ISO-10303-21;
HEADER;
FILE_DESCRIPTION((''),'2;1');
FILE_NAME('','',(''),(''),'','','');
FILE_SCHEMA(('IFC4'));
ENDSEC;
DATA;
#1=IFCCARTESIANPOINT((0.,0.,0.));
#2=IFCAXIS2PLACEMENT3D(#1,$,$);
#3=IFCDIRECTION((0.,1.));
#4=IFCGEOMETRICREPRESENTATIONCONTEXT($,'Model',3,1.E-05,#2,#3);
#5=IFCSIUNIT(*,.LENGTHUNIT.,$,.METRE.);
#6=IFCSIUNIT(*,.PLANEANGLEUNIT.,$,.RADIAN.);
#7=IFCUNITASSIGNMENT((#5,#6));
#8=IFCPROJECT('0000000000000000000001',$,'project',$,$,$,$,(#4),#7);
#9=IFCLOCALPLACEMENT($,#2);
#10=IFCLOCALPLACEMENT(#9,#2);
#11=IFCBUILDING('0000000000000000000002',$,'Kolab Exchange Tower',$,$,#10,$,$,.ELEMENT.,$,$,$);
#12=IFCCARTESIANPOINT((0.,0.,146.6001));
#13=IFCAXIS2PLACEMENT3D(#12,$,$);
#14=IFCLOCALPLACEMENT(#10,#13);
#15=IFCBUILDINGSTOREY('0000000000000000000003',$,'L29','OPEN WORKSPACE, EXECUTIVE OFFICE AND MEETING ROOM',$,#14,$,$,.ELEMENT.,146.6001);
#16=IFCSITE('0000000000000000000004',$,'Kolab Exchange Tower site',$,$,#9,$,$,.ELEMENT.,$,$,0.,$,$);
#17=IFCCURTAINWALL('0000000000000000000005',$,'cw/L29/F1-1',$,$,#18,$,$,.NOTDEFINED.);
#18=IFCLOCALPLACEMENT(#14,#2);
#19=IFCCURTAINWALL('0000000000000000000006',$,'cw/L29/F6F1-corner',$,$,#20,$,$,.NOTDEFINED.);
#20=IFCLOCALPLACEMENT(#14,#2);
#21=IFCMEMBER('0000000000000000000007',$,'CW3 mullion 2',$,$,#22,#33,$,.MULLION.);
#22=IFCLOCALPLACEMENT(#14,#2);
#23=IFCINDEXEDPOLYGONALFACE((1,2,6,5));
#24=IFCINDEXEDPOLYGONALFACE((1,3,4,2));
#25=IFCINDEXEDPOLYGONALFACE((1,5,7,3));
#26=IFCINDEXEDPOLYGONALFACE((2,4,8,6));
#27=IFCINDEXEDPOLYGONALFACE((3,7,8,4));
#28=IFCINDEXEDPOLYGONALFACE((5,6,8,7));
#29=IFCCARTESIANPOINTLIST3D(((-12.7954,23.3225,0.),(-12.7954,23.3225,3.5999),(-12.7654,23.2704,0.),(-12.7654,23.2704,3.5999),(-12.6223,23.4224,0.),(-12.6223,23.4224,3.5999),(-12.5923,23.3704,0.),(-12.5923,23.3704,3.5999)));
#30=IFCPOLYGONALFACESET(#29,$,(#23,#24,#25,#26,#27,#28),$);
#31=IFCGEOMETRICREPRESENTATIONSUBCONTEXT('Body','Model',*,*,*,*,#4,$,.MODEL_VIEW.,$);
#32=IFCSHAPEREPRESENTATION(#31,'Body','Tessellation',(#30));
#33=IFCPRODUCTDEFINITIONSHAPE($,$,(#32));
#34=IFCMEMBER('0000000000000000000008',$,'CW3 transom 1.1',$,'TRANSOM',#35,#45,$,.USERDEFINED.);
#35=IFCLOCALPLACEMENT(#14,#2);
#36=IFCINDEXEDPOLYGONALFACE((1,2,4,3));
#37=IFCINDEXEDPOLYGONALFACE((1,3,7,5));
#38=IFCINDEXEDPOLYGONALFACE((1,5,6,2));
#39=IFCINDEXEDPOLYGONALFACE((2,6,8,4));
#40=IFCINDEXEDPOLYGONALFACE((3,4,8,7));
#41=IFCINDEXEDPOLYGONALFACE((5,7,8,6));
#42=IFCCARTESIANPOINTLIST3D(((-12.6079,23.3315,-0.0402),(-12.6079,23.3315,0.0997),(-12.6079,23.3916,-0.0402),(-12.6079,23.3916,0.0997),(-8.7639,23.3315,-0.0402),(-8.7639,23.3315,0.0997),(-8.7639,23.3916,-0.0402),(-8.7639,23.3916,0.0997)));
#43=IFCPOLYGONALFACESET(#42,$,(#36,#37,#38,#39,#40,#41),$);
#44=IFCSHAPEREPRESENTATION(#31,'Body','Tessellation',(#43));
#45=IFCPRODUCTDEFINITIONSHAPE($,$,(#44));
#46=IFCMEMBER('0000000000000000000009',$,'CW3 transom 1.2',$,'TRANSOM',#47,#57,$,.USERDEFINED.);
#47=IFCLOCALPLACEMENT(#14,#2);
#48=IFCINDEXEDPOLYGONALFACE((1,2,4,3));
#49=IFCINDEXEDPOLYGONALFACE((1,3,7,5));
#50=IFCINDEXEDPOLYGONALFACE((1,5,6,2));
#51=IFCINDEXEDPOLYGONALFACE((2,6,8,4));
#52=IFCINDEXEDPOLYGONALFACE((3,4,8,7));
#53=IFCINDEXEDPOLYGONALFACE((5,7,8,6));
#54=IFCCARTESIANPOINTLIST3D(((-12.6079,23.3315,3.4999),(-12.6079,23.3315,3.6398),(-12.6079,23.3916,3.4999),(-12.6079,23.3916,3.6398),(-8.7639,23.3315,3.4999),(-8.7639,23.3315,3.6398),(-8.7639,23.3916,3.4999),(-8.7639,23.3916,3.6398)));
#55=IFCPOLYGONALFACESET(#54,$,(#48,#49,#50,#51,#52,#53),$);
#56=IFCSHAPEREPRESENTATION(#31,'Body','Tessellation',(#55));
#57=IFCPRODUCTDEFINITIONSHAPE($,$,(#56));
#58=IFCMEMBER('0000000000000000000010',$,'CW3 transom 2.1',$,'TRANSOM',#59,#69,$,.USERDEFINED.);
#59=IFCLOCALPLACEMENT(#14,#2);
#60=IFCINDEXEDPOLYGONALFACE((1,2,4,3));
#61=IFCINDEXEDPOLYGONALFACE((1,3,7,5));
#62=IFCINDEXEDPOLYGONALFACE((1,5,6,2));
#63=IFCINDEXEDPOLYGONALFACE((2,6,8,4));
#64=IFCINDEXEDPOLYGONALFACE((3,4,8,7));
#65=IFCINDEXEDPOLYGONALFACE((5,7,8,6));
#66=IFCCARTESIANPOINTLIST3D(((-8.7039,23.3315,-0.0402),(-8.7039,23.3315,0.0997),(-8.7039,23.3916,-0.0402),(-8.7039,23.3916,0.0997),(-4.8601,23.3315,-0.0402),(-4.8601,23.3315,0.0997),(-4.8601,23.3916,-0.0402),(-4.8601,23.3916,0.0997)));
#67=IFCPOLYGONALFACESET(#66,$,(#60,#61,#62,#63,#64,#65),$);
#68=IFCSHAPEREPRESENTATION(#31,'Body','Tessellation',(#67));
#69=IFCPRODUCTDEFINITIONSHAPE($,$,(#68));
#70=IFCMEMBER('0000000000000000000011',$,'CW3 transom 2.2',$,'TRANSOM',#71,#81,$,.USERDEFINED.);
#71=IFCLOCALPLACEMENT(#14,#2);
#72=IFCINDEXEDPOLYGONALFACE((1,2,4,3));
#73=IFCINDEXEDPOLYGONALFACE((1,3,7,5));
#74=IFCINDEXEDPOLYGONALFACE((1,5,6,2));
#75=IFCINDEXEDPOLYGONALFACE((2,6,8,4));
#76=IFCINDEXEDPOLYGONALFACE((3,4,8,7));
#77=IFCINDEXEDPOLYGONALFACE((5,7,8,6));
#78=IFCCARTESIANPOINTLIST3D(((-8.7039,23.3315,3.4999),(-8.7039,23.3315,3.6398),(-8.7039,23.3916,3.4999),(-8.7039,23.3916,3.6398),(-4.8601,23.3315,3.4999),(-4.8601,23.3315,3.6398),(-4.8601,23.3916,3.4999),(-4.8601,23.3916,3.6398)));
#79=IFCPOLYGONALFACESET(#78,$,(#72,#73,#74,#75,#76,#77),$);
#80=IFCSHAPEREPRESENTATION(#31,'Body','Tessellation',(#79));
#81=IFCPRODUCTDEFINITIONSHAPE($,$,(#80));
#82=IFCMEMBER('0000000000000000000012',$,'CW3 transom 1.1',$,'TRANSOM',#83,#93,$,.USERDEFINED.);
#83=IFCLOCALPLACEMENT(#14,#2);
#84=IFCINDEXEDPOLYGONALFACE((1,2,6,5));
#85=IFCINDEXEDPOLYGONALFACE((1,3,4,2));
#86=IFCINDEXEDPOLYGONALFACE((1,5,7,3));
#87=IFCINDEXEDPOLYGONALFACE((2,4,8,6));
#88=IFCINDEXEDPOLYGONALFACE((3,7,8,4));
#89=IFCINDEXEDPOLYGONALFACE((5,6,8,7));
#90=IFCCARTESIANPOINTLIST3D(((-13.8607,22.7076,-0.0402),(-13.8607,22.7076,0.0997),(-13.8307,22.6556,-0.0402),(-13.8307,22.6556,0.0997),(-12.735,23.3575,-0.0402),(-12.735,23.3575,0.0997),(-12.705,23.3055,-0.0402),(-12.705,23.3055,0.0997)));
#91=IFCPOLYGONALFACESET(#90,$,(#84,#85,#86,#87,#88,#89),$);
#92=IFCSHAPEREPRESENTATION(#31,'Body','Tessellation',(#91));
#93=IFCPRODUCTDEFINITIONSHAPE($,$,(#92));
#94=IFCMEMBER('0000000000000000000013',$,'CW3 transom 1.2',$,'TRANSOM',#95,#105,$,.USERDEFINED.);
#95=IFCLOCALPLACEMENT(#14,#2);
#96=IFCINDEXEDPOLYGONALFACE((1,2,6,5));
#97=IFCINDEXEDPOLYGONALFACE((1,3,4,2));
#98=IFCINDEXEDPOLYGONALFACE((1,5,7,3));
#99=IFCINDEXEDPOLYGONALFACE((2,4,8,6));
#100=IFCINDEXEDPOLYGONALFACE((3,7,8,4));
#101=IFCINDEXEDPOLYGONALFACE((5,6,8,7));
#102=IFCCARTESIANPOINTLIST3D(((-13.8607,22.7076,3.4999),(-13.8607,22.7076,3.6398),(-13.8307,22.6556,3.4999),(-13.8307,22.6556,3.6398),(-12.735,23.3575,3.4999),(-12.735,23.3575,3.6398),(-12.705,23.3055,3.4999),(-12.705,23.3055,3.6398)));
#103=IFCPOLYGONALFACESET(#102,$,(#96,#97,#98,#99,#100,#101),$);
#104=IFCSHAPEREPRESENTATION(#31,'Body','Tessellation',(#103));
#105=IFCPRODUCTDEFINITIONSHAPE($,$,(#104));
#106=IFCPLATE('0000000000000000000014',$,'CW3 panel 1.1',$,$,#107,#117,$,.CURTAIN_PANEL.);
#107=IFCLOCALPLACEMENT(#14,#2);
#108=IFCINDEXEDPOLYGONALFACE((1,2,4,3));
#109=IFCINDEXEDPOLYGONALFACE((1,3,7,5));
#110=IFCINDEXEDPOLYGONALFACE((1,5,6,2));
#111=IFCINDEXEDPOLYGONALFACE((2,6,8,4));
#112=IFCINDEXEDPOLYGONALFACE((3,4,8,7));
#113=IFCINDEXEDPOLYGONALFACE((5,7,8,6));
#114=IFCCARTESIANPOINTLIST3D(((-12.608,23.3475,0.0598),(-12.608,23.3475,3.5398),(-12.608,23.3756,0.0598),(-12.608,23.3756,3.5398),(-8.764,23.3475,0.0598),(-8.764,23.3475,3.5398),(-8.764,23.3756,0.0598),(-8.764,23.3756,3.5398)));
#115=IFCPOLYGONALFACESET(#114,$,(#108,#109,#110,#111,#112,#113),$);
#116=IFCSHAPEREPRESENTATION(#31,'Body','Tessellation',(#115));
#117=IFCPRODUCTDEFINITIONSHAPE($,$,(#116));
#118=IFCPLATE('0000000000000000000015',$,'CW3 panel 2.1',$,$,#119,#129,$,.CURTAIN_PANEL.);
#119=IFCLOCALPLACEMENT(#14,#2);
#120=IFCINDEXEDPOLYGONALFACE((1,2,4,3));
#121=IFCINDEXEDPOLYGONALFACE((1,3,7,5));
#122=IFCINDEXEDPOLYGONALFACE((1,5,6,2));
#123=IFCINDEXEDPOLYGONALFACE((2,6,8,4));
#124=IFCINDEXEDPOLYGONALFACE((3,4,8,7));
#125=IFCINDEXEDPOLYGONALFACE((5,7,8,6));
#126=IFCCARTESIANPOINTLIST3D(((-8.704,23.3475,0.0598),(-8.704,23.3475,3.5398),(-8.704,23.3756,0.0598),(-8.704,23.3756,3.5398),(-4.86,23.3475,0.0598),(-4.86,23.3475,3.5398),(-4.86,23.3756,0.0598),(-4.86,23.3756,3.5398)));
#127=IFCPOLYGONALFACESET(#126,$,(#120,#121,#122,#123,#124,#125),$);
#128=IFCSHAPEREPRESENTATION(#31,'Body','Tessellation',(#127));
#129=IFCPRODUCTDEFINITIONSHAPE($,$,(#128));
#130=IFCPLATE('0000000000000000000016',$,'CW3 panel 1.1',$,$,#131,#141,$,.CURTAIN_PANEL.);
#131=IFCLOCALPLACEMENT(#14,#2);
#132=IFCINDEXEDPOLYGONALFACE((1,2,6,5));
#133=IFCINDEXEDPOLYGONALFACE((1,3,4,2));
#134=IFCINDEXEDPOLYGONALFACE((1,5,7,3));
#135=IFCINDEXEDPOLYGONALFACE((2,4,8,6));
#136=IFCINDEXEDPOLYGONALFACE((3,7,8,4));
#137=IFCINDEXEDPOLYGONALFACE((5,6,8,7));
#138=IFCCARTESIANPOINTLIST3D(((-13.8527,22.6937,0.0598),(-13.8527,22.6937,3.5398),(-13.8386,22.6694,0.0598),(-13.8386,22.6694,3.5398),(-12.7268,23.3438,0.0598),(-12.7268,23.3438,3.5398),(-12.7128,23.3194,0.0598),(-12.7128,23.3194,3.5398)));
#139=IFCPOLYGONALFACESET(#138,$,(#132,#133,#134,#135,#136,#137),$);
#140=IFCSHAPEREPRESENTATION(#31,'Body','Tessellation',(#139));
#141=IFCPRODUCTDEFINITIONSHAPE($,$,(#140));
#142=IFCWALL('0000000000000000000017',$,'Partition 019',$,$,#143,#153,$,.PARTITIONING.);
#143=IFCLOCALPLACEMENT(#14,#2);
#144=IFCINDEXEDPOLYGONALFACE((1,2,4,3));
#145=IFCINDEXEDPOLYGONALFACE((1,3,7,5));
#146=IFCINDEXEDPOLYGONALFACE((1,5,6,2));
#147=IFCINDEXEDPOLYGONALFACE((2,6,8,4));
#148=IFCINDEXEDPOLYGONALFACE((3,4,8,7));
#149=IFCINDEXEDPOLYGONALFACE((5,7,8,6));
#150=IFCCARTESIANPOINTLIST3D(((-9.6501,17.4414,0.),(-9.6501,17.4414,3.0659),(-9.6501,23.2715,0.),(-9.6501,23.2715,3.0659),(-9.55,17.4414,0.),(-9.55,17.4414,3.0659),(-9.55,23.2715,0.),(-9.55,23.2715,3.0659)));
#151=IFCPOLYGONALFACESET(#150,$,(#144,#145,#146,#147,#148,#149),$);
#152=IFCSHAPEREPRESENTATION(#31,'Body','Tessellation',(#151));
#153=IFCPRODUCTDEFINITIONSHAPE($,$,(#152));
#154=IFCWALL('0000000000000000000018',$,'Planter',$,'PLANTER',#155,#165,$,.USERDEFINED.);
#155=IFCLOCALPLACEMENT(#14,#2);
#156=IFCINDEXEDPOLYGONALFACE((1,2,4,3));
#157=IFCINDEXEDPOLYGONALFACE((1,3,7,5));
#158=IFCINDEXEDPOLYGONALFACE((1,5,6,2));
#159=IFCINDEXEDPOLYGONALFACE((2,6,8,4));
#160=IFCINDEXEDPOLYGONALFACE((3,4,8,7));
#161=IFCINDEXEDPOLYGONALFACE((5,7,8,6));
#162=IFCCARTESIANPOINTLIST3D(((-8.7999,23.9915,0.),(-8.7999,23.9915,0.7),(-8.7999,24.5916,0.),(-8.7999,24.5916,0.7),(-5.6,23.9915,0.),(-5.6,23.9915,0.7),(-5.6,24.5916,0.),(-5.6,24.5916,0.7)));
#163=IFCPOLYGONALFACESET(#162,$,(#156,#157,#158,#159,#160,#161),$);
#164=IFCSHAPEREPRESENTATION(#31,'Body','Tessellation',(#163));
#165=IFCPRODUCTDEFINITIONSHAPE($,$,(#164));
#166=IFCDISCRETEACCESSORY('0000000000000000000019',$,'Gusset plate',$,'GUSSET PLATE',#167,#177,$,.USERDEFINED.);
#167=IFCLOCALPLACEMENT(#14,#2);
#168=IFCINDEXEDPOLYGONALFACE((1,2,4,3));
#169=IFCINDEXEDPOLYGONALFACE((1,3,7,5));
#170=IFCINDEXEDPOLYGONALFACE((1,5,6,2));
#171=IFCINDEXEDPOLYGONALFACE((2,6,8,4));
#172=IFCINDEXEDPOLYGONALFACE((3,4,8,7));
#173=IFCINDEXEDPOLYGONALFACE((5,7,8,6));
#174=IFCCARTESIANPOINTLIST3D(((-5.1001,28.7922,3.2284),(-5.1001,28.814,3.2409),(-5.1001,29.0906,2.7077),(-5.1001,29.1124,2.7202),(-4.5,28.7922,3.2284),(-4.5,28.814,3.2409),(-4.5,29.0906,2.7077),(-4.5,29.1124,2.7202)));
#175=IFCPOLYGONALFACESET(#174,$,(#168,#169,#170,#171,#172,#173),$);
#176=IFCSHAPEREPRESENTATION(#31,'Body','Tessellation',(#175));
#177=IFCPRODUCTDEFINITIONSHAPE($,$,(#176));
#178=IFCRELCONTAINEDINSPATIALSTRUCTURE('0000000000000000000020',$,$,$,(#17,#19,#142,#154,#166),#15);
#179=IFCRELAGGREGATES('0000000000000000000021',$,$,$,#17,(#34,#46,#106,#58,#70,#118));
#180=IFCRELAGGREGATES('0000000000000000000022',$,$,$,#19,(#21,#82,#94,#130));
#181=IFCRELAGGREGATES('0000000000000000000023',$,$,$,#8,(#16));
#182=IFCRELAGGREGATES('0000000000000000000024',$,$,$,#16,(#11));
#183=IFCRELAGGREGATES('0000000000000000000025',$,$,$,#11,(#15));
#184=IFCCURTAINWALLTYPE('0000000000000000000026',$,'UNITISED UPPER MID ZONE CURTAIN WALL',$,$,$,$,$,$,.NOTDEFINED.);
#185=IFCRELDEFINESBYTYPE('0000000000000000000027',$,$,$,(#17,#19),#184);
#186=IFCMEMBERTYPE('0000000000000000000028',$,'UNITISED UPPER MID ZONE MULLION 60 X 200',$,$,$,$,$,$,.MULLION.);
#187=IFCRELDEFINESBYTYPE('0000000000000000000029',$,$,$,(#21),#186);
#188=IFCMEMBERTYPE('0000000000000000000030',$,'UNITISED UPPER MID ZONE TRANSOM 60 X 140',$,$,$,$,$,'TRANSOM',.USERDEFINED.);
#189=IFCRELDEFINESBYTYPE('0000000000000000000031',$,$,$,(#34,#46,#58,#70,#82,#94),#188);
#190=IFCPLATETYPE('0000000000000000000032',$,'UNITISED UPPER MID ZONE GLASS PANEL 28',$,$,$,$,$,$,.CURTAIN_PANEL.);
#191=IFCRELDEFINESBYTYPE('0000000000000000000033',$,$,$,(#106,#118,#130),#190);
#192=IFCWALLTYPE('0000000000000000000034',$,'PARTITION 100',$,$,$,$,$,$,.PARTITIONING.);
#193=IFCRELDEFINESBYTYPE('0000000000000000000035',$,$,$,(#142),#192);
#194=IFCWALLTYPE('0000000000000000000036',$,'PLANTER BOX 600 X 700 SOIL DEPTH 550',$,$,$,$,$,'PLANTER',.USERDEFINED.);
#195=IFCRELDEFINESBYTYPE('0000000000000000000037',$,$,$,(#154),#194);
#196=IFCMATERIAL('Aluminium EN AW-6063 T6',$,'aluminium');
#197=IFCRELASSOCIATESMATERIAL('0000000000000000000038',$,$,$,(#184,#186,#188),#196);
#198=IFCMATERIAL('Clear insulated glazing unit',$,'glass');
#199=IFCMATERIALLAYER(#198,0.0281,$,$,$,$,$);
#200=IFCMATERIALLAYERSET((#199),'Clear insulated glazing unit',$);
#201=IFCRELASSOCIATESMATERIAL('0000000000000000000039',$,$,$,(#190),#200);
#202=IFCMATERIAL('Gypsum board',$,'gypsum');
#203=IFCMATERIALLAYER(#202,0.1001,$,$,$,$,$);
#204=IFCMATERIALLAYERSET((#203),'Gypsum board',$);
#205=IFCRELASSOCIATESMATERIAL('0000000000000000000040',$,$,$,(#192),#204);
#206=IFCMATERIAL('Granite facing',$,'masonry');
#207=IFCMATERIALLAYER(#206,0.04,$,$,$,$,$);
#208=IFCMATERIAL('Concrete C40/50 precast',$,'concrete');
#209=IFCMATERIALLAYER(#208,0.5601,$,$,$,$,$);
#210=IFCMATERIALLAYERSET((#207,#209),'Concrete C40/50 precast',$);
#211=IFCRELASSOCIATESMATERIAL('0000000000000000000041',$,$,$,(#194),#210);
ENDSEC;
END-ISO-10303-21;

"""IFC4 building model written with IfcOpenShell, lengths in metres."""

from ifc_helpers import new_model, si_unit, direction, frame, frame_2d, origin, origin_2d, place, context, subcontext, project, spatial, rectangle, extrude, material, layer, layer_set, material_profile, profile_set, type_object, element, aggregate, save


model = new_model("IFC4")

# Units and contexts
model_context = context("Model", 3, precision=1e-05, world=origin(), true_north=direction((0.0, 1.0)))
body_context = subcontext(model_context, "Body", "Model", "MODEL_VIEW")
ifc_project = project(units=[si_unit("LENGTHUNIT", "METRE"), si_unit("PLANEANGLEUNIT", "RADIAN")], contexts=[model_context])

# Site, building, storey
site_placement = place(None, origin())
site = spatial("IfcSite", under=ifc_project, at=site_placement, Name="Kolab Exchange Tower site", CompositionType="ELEMENT", RefElevation=0.0)
building_placement = place(site_placement, origin())
building = spatial("IfcBuilding", under=site, at=building_placement, Name="Kolab Exchange Tower", CompositionType="ELEMENT")
storey_placement = place(building_placement, frame((0.0, 0.0, 146.6001)))
storey = spatial("IfcBuildingStorey", under=building, at=storey_placement, Name="L29", Description="OPEN WORKSPACE, EXECUTIVE OFFICE AND MEETING ROOM", CompositionType="ELEMENT", Elevation=146.6001)

# Curtain wall
ifc_material_1 = material(Name="Aluminium EN AW-6063 T6", Category="aluminium")
curtain_wall_type = type_object("IfcCurtainWallType", Name="UNITISED UPPER MID ZONE CURTAIN WALL", PredefinedType="NOTDEFINED", material=ifc_material_1)
curtain_wall_1_placement = place(storey_placement, origin())
curtain_wall_1 = element("IfcCurtainWall", 1, at=curtain_wall_1_placement, inside=storey, type_object=curtain_wall_type, Name="cw/L29/F1-1", PredefinedType="NOTDEFINED")
ifc_material_profile_1 = material_profile(ifc_material_1, rectangle(XDim=0.0601, YDim=0.2, at=origin_2d()), Name="RECT 60X200")
ifc_profile_set_1 = profile_set([ifc_material_profile_1], Name="Aluminium EN AW-6063 T6")
member_type_1 = type_object("IfcMemberType", Name="UNITISED UPPER MID ZONE MULLION 60 X 200", PredefinedType="MULLION", material=ifc_profile_set_1)

# Curtain wall, member
curtain_wall_2_placement = place(storey_placement, origin())
curtain_wall_2 = element("IfcCurtainWall", 2, at=curtain_wall_2_placement, inside=storey, type_object=curtain_wall_type, Name="cw/L29/F6F1-corner", PredefinedType="NOTDEFINED")
member_1_placement = place(storey_placement, frame((-12.6938, 23.3464, 0.0), z_axis=(0.0, 0.0, 1.0), x_axis=(-0.5, 0.866025, 0.0)))
member_1 = element("IfcMember", 3, at=member_1_placement, type_object=member_type_1, Name="CW3 mullion 2", PredefinedType="MULLION", context=body_context, shape_type="SweptSolid", body=[
    extrude(rectangle(XDim=0.0601, YDim=0.2, at=origin_2d()), origin(), (0.0, 0.0, 1.0), 3.5999),
])

# Members
ifc_material_profile_2 = material_profile(ifc_material_1, rectangle(XDim=0.0601, YDim=0.1399, at=origin_2d()), Name="RECT 60X140")
ifc_profile_set_2 = profile_set([ifc_material_profile_2], Name="Aluminium EN AW-6063 T6")
member_type_2 = type_object("IfcMemberType", Name="UNITISED UPPER MID ZONE TRANSOM 60 X 140", ElementType="TRANSOM", PredefinedType="USERDEFINED", material=ifc_profile_set_2)
member_2_placement = place(storey_placement, frame((-12.6079, 23.3616, 0.0298), z_axis=(1.0, 0.0, 0.0), x_axis=(0.0, 1.0, 0.0)))
member_2 = element("IfcMember", 4, at=member_2_placement, type_object=member_type_2, Name="CW3 transom 1.1", ObjectType="TRANSOM", PredefinedType="USERDEFINED", context=body_context, shape_type="SweptSolid", body=[
    extrude(rectangle(XDim=0.0601, YDim=0.1399, at=origin_2d()), origin(), (0.0, 0.0, 1.0), 3.844),
])
member_3_placement = place(storey_placement, frame((-12.6079, 23.3616, 3.5698), z_axis=(1.0, 0.0, 0.0), x_axis=(0.0, 1.0, 0.0)))
member_3 = element("IfcMember", 5, at=member_3_placement, type_object=member_type_2, Name="CW3 transom 1.2", ObjectType="TRANSOM", PredefinedType="USERDEFINED", context=body_context, shape_type="SweptSolid", body=[
    extrude(rectangle(XDim=0.0601, YDim=0.1399, at=origin_2d()), origin(), (0.0, 0.0, 1.0), 3.844),
])
member_4_placement = place(storey_placement, frame((-8.7039, 23.3616, 0.0298), z_axis=(1.0, 0.0, 0.0), x_axis=(0.0, 1.0, 0.0)))
member_4 = element("IfcMember", 6, at=member_4_placement, type_object=member_type_2, Name="CW3 transom 2.1", ObjectType="TRANSOM", PredefinedType="USERDEFINED", context=body_context, shape_type="SweptSolid", body=[
    extrude(rectangle(XDim=0.0601, YDim=0.1399, at=origin_2d()), origin(), (0.0, 0.0, 1.0), 3.8438),
])
member_5_placement = place(storey_placement, frame((-8.7039, 23.3616, 3.5698), z_axis=(1.0, 0.0, 0.0), x_axis=(0.0, 1.0, 0.0)))
member_5 = element("IfcMember", 7, at=member_5_placement, type_object=member_type_2, Name="CW3 transom 2.2", ObjectType="TRANSOM", PredefinedType="USERDEFINED", context=body_context, shape_type="SweptSolid", body=[
    extrude(rectangle(XDim=0.0601, YDim=0.1399, at=origin_2d()), origin(), (0.0, 0.0, 1.0), 3.8438),
])
member_6_placement = place(storey_placement, frame((-13.8457, 22.6816, 0.0298), z_axis=(0.866039, 0.499977, 0.0), x_axis=(-0.499977, 0.866039, 0.0)))
member_6 = element("IfcMember", 8, at=member_6_placement, type_object=member_type_2, Name="CW3 transom 1.1", ObjectType="TRANSOM", PredefinedType="USERDEFINED", context=body_context, shape_type="SweptSolid", body=[
    extrude(rectangle(XDim=0.0601, YDim=0.1399, at=origin_2d()), origin(), (0.0, 0.0, 1.0), 1.2998),
])
member_7_placement = place(storey_placement, frame((-13.8457, 22.6816, 3.5698), z_axis=(0.866039, 0.499977, 0.0), x_axis=(-0.499977, 0.866039, 0.0)))
member_7 = element("IfcMember", 9, at=member_7_placement, type_object=member_type_2, Name="CW3 transom 1.2", ObjectType="TRANSOM", PredefinedType="USERDEFINED", context=body_context, shape_type="SweptSolid", body=[
    extrude(rectangle(XDim=0.0601, YDim=0.1399, at=origin_2d()), origin(), (0.0, 0.0, 1.0), 1.2998),
])

# Plates
ifc_material_2 = material(Name="Clear insulated glazing unit", Category="glass")
ifc_layer_1 = layer(ifc_material_2, 0.0281)
ifc_layer_set_1 = layer_set([ifc_layer_1], Name="Clear insulated glazing unit")
plate_type = type_object("IfcPlateType", Name="UNITISED UPPER MID ZONE GLASS PANEL 28", PredefinedType="CURTAIN_PANEL", material=ifc_layer_set_1)
plate_1_placement = place(storey_placement, frame((-10.686, 23.3616, 0.0598), z_axis=(0.0, 0.0, 1.0), x_axis=(1.0, 0.0, 0.0)))
plate_1 = element("IfcPlate", 10, at=plate_1_placement, type_object=plate_type, Name="CW3 panel 1.1", PredefinedType="CURTAIN_PANEL", context=body_context, shape_type="SweptSolid", body=[
    extrude(rectangle(XDim=3.844, YDim=0.0281, at=origin_2d()), origin(), (0.0, 0.0, 1.0), 3.48),
])
plate_2_placement = place(storey_placement, frame((-6.782, 23.3616, 0.0598), z_axis=(0.0, 0.0, 1.0), x_axis=(1.0, 0.0, 0.0)))
plate_2 = element("IfcPlate", 11, at=plate_2_placement, type_object=plate_type, Name="CW3 panel 2.1", PredefinedType="CURTAIN_PANEL", context=body_context, shape_type="SweptSolid", body=[
    extrude(rectangle(XDim=3.844, YDim=0.0281, at=origin_2d()), origin(), (0.0, 0.0, 1.0), 3.48),
])
aggregate(curtain_wall_1, [member_2, member_3, plate_1, member_4, member_5, plate_2])
plate_3_placement = place(storey_placement, frame((-13.2827, 23.0066, 0.0598), z_axis=(0.0, 0.0, 1.0), x_axis=(0.866025, 0.5, 0.0)))
plate_3 = element("IfcPlate", 12, at=plate_3_placement, type_object=plate_type, Name="CW3 panel 1.1", PredefinedType="CURTAIN_PANEL", context=body_context, shape_type="SweptSolid", body=[
    extrude(rectangle(XDim=1.3, YDim=0.0281, at=origin_2d()), origin(), (0.0, 0.0, 1.0), 3.48),
])
aggregate(curtain_wall_2, [member_1, member_6, member_7, plate_3])

# Walls
ifc_material_3 = material(Name="Gypsum board", Category="gypsum")
ifc_layer_2 = layer(ifc_material_3, 0.1001)
ifc_layer_set_2 = layer_set([ifc_layer_2], Name="Gypsum board")
wall_type_1 = type_object("IfcWallType", Name="PARTITION 100", PredefinedType="PARTITIONING", material=ifc_layer_set_2)
wall_1_placement = place(storey_placement, frame((-9.6001, 17.4414, 0.0), z_axis=(0.0, 0.0, 1.0), x_axis=(0.0, 1.0, 0.0)))
element("IfcWall", 13, at=wall_1_placement, inside=storey, type_object=wall_type_1, Name="Partition 019", PredefinedType="PARTITIONING", context=body_context, shape_type="SweptSolid", body=[
    extrude(rectangle(XDim=5.8301, YDim=0.1001, at=frame_2d((2.915, 0.0))), origin(), (0.0, 0.0, 1.0), 3.0659),
])
ifc_material_4 = material(Name="Granite facing", Category="masonry")
ifc_layer_3 = layer(ifc_material_4, 0.04)
ifc_material_5 = material(Name="Concrete C40/50 precast", Category="concrete")
ifc_layer_4 = layer(ifc_material_5, 0.5601)
ifc_layer_set_3 = layer_set([ifc_layer_3, ifc_layer_4], Name="Concrete C40/50 precast")
wall_type_2 = type_object("IfcWallType", Name="PLANTER BOX 600 X 700 SOIL DEPTH 550", ElementType="PLANTER", PredefinedType="USERDEFINED", material=ifc_layer_set_3)
wall_2_placement = place(storey_placement, frame((-8.8, 24.2915, 0.0), z_axis=(0.0, 0.0, 1.0), x_axis=(1.0, 0.0, 0.0)))
element("IfcWall", 14, at=wall_2_placement, inside=storey, type_object=wall_type_2, Name="Planter", ObjectType="PLANTER", PredefinedType="USERDEFINED", context=body_context, shape_type="SweptSolid", body=[
    extrude(rectangle(XDim=3.2, YDim=0.6001, at=frame_2d((1.6001, 0.0))), origin(), (0.0, 0.0, 1.0), 0.7),
])

# Discrete accessory
discrete_accessory_placement = place(storey_placement, frame((-4.8, 28.9414, 2.968), z_axis=(0.0, 0.867643, 0.497188), x_axis=(-1.0, 0.0, 0.0)))
element("IfcDiscreteAccessory", 15, at=discrete_accessory_placement, inside=storey, Name="Gusset plate", ObjectType="GUSSET PLATE", PredefinedType="USERDEFINED", context=body_context, shape_type="SweptSolid", body=[
    extrude(rectangle(XDim=0.6001, YDim=0.6001, at=origin_2d()), origin(), (0.0, 0.0, 1.0), 0.0251),
])

save(model, "model.ifc")
